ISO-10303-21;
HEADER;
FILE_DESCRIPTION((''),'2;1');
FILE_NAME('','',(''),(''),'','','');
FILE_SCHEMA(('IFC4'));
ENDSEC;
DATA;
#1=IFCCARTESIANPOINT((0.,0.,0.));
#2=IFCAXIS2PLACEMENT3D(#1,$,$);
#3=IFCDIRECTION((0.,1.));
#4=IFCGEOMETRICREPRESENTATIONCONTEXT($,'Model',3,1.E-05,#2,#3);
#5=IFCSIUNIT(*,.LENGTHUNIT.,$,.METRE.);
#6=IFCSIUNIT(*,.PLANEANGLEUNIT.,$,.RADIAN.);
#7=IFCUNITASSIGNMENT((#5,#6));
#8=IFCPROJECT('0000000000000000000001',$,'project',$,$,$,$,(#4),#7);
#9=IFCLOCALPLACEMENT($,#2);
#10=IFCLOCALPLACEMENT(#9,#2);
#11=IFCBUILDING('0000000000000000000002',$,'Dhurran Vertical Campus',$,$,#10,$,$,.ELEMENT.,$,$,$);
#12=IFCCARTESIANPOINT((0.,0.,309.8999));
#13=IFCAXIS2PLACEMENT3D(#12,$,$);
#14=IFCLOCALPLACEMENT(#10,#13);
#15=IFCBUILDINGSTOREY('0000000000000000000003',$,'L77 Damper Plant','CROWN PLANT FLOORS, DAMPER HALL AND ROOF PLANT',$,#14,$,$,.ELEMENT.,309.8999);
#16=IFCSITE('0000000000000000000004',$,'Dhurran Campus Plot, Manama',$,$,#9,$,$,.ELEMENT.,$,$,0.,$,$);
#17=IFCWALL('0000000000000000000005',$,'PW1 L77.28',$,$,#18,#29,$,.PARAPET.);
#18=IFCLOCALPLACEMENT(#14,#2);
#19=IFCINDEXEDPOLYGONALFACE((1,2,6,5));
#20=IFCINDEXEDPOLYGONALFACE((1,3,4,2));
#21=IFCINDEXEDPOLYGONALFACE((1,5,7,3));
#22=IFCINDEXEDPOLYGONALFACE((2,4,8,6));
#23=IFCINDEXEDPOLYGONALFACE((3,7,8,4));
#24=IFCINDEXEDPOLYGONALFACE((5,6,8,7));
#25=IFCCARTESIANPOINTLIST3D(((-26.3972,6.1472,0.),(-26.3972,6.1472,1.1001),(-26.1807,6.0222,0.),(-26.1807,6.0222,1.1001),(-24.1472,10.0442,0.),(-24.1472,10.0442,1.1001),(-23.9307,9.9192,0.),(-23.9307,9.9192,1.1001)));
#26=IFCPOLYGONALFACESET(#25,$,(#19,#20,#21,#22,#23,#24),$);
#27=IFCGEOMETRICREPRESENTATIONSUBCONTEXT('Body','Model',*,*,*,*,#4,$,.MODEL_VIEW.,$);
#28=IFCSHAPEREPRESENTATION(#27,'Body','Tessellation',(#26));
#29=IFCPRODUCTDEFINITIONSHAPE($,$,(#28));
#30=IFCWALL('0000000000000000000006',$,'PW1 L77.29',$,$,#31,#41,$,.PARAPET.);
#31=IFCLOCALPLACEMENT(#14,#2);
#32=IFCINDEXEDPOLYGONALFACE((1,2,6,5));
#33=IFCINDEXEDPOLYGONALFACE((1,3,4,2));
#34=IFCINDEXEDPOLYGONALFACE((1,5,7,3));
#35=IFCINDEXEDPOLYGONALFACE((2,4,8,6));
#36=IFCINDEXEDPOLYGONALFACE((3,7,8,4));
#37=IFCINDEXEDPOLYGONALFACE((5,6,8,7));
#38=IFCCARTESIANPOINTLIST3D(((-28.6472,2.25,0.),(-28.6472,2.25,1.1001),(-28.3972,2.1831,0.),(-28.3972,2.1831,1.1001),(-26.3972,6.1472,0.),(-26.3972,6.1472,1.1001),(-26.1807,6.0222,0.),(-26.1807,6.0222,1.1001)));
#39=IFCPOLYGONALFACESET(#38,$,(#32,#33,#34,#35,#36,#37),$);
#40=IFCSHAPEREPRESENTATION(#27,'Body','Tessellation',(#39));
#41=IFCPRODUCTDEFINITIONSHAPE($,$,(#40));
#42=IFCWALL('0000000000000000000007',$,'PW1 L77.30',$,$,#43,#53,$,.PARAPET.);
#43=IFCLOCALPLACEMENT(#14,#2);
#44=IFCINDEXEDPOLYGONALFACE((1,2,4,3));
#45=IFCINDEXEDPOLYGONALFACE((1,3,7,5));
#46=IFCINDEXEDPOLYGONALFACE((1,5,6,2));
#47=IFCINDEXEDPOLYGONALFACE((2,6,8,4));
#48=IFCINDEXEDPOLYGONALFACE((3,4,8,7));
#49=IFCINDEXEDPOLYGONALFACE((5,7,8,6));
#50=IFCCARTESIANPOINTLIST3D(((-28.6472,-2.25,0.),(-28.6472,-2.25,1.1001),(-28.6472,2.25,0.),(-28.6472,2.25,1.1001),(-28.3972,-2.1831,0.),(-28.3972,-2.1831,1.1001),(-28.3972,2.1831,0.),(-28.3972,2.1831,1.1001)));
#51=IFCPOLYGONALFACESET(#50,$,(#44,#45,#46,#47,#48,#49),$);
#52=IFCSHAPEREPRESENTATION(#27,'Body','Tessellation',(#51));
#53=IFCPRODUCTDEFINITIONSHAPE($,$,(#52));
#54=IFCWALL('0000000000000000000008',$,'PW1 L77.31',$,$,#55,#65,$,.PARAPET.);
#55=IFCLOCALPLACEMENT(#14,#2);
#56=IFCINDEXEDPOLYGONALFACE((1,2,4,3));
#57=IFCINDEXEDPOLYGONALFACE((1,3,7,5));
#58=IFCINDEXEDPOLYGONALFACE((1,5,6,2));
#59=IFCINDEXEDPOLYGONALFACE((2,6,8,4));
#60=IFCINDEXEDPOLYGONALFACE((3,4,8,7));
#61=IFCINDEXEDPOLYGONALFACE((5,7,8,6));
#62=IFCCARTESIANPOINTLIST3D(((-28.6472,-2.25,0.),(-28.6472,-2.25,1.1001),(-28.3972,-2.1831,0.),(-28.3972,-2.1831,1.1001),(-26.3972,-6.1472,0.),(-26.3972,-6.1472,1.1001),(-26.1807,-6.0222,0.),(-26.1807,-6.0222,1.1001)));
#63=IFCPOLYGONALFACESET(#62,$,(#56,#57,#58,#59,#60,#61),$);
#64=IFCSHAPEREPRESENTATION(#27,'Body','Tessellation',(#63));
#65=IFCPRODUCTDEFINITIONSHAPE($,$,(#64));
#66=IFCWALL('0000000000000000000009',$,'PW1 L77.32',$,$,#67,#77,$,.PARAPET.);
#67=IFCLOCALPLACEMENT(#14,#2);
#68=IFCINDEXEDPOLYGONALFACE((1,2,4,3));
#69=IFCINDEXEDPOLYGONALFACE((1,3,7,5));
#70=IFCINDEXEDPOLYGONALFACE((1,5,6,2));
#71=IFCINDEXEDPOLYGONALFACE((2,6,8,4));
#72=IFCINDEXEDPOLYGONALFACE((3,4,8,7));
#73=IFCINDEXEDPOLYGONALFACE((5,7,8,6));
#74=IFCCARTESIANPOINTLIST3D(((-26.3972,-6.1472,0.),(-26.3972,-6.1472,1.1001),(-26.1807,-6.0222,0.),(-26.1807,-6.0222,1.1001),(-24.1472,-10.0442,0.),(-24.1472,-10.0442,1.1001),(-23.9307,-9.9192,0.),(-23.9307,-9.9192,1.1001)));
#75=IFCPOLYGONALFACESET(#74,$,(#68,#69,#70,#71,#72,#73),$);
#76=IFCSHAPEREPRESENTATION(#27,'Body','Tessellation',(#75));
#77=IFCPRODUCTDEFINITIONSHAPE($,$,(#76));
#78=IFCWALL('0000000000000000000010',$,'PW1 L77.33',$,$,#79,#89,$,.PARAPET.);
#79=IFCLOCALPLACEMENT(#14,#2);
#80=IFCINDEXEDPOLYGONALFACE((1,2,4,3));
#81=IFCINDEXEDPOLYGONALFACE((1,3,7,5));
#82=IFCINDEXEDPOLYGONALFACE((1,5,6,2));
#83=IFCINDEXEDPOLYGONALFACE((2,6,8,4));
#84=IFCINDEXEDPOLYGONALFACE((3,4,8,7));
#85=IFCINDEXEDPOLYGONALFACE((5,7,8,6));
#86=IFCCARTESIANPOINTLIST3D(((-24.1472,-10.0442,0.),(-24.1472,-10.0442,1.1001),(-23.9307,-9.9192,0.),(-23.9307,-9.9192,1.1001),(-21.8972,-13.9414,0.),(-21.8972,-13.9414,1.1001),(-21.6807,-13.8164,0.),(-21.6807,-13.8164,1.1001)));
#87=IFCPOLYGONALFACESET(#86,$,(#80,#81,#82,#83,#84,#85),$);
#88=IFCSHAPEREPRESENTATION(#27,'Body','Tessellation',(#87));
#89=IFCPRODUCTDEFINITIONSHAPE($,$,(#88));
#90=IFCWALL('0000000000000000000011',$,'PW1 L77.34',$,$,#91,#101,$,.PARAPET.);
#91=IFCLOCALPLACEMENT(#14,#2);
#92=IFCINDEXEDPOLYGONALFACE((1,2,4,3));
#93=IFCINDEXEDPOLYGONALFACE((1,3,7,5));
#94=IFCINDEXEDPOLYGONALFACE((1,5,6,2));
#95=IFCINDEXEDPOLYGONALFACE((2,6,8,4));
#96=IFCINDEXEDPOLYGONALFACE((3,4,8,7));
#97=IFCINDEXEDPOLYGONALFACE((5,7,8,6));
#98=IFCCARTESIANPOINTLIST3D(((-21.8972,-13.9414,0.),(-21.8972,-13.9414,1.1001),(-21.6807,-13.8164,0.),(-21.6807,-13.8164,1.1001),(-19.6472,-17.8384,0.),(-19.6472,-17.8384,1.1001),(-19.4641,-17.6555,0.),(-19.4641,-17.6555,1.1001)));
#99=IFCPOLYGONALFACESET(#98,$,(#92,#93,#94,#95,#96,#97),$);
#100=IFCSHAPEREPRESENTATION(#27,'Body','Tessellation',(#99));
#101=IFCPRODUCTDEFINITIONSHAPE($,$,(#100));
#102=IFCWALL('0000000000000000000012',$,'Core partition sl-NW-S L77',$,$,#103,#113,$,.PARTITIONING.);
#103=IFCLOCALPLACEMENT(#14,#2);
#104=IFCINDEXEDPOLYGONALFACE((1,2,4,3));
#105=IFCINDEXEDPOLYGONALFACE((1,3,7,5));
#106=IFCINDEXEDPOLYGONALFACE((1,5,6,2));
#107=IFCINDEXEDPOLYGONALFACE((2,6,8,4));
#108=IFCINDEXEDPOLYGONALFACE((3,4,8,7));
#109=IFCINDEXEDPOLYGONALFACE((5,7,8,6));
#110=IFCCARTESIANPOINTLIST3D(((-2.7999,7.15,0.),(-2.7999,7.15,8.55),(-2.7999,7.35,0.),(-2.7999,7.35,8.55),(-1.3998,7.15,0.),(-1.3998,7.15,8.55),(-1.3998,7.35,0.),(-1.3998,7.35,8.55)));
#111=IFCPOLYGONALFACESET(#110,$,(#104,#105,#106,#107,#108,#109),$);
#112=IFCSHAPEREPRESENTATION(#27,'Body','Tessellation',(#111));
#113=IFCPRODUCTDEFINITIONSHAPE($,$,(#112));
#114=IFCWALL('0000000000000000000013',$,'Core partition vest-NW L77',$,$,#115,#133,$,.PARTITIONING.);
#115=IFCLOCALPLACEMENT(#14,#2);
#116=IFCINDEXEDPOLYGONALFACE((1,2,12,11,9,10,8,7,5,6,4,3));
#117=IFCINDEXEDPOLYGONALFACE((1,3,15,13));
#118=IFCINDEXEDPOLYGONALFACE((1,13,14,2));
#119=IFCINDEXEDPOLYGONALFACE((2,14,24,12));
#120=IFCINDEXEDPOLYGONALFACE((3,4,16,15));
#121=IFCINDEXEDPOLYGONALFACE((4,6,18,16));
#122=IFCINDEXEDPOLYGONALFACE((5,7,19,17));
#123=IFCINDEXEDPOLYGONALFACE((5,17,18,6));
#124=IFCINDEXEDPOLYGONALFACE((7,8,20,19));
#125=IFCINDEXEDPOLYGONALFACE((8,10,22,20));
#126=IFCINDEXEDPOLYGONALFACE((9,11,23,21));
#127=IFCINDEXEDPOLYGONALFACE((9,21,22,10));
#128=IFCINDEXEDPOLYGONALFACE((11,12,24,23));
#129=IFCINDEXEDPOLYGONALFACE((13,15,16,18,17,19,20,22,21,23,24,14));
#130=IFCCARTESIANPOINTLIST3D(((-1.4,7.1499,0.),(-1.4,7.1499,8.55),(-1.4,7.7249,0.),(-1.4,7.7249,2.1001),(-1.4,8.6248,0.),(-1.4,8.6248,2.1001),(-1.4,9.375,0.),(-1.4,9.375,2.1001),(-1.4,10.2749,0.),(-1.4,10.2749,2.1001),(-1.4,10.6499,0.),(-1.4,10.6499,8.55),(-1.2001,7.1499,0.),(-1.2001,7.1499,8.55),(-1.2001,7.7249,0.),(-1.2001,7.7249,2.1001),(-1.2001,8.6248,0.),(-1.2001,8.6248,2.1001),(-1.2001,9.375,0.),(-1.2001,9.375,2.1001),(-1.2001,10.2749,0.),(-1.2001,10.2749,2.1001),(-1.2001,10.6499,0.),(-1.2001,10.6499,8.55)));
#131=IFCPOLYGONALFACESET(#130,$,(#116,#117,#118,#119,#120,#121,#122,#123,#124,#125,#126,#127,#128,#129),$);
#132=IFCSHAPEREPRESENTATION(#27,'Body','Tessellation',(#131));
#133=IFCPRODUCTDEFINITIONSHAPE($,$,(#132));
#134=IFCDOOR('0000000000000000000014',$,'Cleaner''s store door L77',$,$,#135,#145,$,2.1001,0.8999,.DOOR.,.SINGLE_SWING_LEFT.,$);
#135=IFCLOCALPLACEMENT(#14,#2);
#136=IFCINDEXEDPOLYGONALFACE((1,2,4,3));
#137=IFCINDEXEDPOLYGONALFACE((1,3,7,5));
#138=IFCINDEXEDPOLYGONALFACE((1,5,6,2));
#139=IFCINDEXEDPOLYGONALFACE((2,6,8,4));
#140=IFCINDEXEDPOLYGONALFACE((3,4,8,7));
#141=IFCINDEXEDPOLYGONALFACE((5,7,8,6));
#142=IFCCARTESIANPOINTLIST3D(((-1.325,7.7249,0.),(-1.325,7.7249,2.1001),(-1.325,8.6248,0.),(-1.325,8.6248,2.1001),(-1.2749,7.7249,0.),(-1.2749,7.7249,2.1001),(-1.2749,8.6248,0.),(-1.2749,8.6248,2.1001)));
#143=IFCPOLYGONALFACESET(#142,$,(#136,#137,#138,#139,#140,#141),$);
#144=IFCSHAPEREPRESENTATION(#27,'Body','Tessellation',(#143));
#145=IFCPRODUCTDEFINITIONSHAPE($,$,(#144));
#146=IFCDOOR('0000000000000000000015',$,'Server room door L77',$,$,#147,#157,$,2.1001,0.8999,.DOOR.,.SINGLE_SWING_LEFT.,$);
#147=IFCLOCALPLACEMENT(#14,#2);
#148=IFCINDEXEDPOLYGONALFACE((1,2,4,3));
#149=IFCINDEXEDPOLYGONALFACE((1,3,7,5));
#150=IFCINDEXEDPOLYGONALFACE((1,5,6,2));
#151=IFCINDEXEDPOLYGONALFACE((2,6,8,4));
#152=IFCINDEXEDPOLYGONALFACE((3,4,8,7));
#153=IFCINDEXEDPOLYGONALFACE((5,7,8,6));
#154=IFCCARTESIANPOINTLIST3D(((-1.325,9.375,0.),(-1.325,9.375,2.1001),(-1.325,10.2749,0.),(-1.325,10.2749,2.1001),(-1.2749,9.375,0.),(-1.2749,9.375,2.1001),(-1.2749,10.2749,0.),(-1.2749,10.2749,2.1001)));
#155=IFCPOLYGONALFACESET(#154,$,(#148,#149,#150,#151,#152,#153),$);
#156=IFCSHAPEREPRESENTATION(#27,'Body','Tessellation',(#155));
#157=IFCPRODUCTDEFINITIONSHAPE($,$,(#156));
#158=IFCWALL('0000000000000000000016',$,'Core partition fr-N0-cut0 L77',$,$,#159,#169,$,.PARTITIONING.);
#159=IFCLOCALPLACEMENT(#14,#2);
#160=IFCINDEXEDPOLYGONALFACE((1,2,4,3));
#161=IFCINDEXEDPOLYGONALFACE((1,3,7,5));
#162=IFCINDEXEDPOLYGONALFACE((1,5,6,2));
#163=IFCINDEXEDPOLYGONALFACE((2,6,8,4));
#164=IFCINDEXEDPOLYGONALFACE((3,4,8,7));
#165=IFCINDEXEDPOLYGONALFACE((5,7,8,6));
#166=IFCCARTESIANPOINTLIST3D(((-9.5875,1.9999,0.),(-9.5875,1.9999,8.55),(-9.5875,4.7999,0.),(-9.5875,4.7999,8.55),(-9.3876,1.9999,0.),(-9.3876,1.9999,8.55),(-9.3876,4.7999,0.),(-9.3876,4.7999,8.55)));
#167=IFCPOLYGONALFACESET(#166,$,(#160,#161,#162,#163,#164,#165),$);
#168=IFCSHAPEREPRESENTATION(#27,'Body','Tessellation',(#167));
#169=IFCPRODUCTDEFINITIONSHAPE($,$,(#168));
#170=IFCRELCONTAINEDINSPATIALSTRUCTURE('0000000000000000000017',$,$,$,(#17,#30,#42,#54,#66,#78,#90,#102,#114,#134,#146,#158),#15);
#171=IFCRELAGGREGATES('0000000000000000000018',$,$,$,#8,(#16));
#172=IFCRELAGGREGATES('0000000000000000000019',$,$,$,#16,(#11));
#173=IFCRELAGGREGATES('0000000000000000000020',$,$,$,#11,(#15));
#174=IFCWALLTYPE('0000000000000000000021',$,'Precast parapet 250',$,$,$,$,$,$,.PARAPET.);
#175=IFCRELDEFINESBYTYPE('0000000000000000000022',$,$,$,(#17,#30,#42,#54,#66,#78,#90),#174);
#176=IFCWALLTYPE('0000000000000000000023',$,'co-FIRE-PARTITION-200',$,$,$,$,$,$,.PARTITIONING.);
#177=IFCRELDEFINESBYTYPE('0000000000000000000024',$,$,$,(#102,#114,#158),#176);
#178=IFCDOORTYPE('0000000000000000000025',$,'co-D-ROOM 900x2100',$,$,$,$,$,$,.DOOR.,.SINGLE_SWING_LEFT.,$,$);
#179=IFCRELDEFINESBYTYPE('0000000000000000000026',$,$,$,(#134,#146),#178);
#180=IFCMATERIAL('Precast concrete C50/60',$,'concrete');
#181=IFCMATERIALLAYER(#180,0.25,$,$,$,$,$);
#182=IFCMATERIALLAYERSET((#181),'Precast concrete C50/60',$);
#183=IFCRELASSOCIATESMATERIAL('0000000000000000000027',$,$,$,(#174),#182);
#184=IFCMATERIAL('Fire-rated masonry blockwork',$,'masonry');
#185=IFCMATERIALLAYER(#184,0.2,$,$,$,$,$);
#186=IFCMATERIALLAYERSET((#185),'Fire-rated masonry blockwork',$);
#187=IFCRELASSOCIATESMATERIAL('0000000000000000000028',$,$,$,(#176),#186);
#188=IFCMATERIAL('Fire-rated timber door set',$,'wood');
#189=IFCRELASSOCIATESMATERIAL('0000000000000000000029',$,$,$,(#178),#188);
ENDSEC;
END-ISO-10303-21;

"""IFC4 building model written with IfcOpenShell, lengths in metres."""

from ifc_helpers import new_model, si_unit, direction, frame, frame_2d, origin, place, context, subcontext, project, spatial, polyline, rectangle, outline, extrude, material, layer, layer_set, type_object, element, fill, save


model = new_model("IFC4")

# Units and contexts
model_context = context("Model", 3, precision=1e-05, world=origin(), true_north=direction((0.0, 1.0)))
body_context = subcontext(model_context, "Body", "Model", "MODEL_VIEW")
ifc_project = project(units=[si_unit("LENGTHUNIT", "METRE"), si_unit("PLANEANGLEUNIT", "RADIAN")], contexts=[model_context])

# Site, building, storey
site_placement = place(None, origin())
site = spatial("IfcSite", under=ifc_project, at=site_placement, Name="Dhurran Campus Plot, Manama", CompositionType="ELEMENT", RefElevation=0.0)
building_placement = place(site_placement, origin())
building = spatial("IfcBuilding", under=site, at=building_placement, Name="Dhurran Vertical Campus", CompositionType="ELEMENT")
storey_placement = place(building_placement, frame((0.0, 0.0, 309.8999)))
storey = spatial("IfcBuildingStorey", under=building, at=storey_placement, Name="L77 Damper Plant", Description="CROWN PLANT FLOORS, DAMPER HALL AND ROOF PLANT", CompositionType="ELEMENT", Elevation=309.8999)

# Walls
ifc_material_1 = material(Name="Precast concrete C50/60", Category="concrete")
ifc_layer_1 = layer(ifc_material_1, 0.25)
ifc_layer_set_1 = layer_set([ifc_layer_1], Name="Precast concrete C50/60")
wall_type_1 = type_object("IfcWallType", Name="Precast parapet 250", PredefinedType="PARAPET", material=ifc_layer_set_1)
wall_1_placement = place(storey_placement, origin())
element("IfcWall", 1, at=wall_1_placement, inside=storey, type_object=wall_type_1, Name="PW1 L77.28", PredefinedType="PARAPET", context=body_context, shape_type="SweptSolid", body=[
    extrude(outline(polyline([(-24.1472, 10.0442), (-26.3972, 6.1472), (-26.1807, 6.0222), (-23.9307, 9.9192), (-24.1472, 10.0442)])), origin(), (0.0, 0.0, 1.0), 1.1001),
])
wall_2_placement = place(storey_placement, origin())
element("IfcWall", 2, at=wall_2_placement, inside=storey, type_object=wall_type_1, Name="PW1 L77.29", PredefinedType="PARAPET", context=body_context, shape_type="SweptSolid", body=[
    extrude(outline(polyline([(-26.3972, 6.1472), (-28.6472, 2.25), (-28.3972, 2.1831), (-26.1807, 6.0222), (-26.3972, 6.1472)])), origin(), (0.0, 0.0, 1.0), 1.1001),
])
wall_3_placement = place(storey_placement, origin())
element("IfcWall", 3, at=wall_3_placement, inside=storey, type_object=wall_type_1, Name="PW1 L77.30", PredefinedType="PARAPET", context=body_context, shape_type="SweptSolid", body=[
    extrude(outline(polyline([(-28.6472, 2.25), (-28.6472, -2.25), (-28.3972, -2.1831), (-28.3972, 2.1831), (-28.6472, 2.25)])), origin(), (0.0, 0.0, 1.0), 1.1001),
])
wall_4_placement = place(storey_placement, origin())
element("IfcWall", 4, at=wall_4_placement, inside=storey, type_object=wall_type_1, Name="PW1 L77.31", PredefinedType="PARAPET", context=body_context, shape_type="SweptSolid", body=[
    extrude(outline(polyline([(-28.6472, -2.25), (-26.3972, -6.1472), (-26.1807, -6.0222), (-28.3972, -2.1831), (-28.6472, -2.25)])), origin(), (0.0, 0.0, 1.0), 1.1001),
])
wall_5_placement = place(storey_placement, origin())
element("IfcWall", 5, at=wall_5_placement, inside=storey, type_object=wall_type_1, Name="PW1 L77.32", PredefinedType="PARAPET", context=body_context, shape_type="SweptSolid", body=[
    extrude(outline(polyline([(-26.3972, -6.1472), (-24.1472, -10.0442), (-23.9307, -9.9192), (-26.1807, -6.0222), (-26.3972, -6.1472)])), origin(), (0.0, 0.0, 1.0), 1.1001),
])
wall_6_placement = place(storey_placement, origin())
element("IfcWall", 6, at=wall_6_placement, inside=storey, type_object=wall_type_1, Name="PW1 L77.33", PredefinedType="PARAPET", context=body_context, shape_type="SweptSolid", body=[
    extrude(outline(polyline([(-24.1472, -10.0442), (-21.8972, -13.9414), (-21.6807, -13.8164), (-23.9307, -9.9192), (-24.1472, -10.0442)])), origin(), (0.0, 0.0, 1.0), 1.1001),
])
wall_7_placement = place(storey_placement, origin())
element("IfcWall", 7, at=wall_7_placement, inside=storey, type_object=wall_type_1, Name="PW1 L77.34", PredefinedType="PARAPET", context=body_context, shape_type="SweptSolid", body=[
    extrude(outline(polyline([(-21.8972, -13.9414), (-19.6472, -17.8384), (-19.4641, -17.6555), (-21.6807, -13.8164), (-21.8972, -13.9414)])), origin(), (0.0, 0.0, 1.0), 1.1001),
])
ifc_material_2 = material(Name="Fire-rated masonry blockwork", Category="masonry")
ifc_layer_2 = layer(ifc_material_2, 0.2)
ifc_layer_set_2 = layer_set([ifc_layer_2], Name="Fire-rated masonry blockwork")
wall_type_2 = type_object("IfcWallType", Name="co-FIRE-PARTITION-200", PredefinedType="PARTITIONING", material=ifc_layer_set_2)
wall_8_placement = place(storey_placement, frame((-2.8, 7.25, 0.0), z_axis=(0.0, 0.0, 1.0), x_axis=(1.0, 0.0, 0.0)))
element("IfcWall", 8, at=wall_8_placement, inside=storey, type_object=wall_type_2, Name="Core partition sl-NW-S L77", PredefinedType="PARTITIONING", context=body_context, shape_type="SweptSolid", body=[
    extrude(rectangle(XDim=1.4001, YDim=0.2, at=frame_2d((0.7002, 0.0))), origin(), (0.0, 0.0, 1.0), 8.55),
])

# Wall, openings, doors
wall_9_placement = place(storey_placement, frame((-1.3, 7.1499, 0.0), z_axis=(0.0, 0.0, 1.0), x_axis=(0.0, 1.0, 0.0)))
wall_9 = element("IfcWall", 9, at=wall_9_placement, inside=storey, type_object=wall_type_2, Name="Core partition vest-NW L77", PredefinedType="PARTITIONING", context=body_context, shape_type="SweptSolid", body=[
    extrude(rectangle(XDim=3.5, YDim=0.2, at=frame_2d((1.75, 0.0))), origin(), (0.0, 0.0, 1.0), 8.55),
])
opening_1_placement = place(wall_9_placement, frame((0.575, 0.0, 0.0)))
opening_1 = element("IfcOpeningElement", 10, at=opening_1_placement, cuts=wall_9, PredefinedType="OPENING", context=body_context, shape_type="SweptSolid", body=[
    extrude(rectangle(XDim=0.8999, YDim=2.1001, at=frame_2d((0.45, 1.05))), frame((0.0, 0.1099, 0.0), z_axis=(0.0, -1.0, 0.0), x_axis=(1.0, 0.0, 0.0)), (0.0, 0.0, 1.0), 0.22),
])
opening_2_placement = place(wall_9_placement, frame((2.2251, 0.0, 0.0)))
opening_2 = element("IfcOpeningElement", 11, at=opening_2_placement, cuts=wall_9, PredefinedType="OPENING", context=body_context, shape_type="SweptSolid", body=[
    extrude(rectangle(XDim=0.8999, YDim=2.1001, at=frame_2d((0.45, 1.05))), frame((0.0, 0.1099, 0.0), z_axis=(0.0, -1.0, 0.0), x_axis=(1.0, 0.0, 0.0)), (0.0, 0.0, 1.0), 0.22),
])
ifc_material_3 = material(Name="Fire-rated timber door set", Category="wood")
door_type_1 = type_object("IfcDoorType", Name="co-D-ROOM 900x2100", OperationType="SINGLE_SWING_LEFT", PredefinedType="DOOR", material=ifc_material_3)
door_1_placement = place(opening_1_placement, origin())
door_1 = element("IfcDoor", 12, at=door_1_placement, inside=storey, type_object=door_type_1, Name="Cleaner's store door L77", OperationType="SINGLE_SWING_LEFT", OverallHeight=2.1001, OverallWidth=0.8999, PredefinedType="DOOR", context=body_context, shape_type="SweptSolid", body=[
    extrude(rectangle(XDim=0.8999, YDim=2.1001, at=frame_2d((0.45, 1.05))), frame((0.0, 0.0249, 0.0), z_axis=(0.0, -1.0, 0.0), x_axis=(1.0, 0.0, 0.0)), (0.0, 0.0, 1.0), 0.05),
])
fill(opening_1, door_1)
door_2_placement = place(opening_2_placement, origin())
door_2 = element("IfcDoor", 13, at=door_2_placement, inside=storey, type_object=door_type_1, Name="Server room door L77", OperationType="SINGLE_SWING_LEFT", OverallHeight=2.1001, OverallWidth=0.8999, PredefinedType="DOOR", context=body_context, shape_type="SweptSolid", body=[
    extrude(rectangle(XDim=0.8999, YDim=2.1001, at=frame_2d((0.45, 1.05))), frame((0.0, 0.0249, 0.0), z_axis=(0.0, -1.0, 0.0), x_axis=(1.0, 0.0, 0.0)), (0.0, 0.0, 1.0), 0.05),
])
fill(opening_2, door_2)

# Wall
wall_10_placement = place(storey_placement, frame((-9.4875, 2.0, 0.0), z_axis=(0.0, 0.0, 1.0), x_axis=(0.0, 1.0, 0.0)))
element("IfcWall", 14, at=wall_10_placement, inside=storey, type_object=wall_type_2, Name="Core partition fr-N0-cut0 L77", PredefinedType="PARTITIONING", context=body_context, shape_type="SweptSolid", body=[
    extrude(rectangle(XDim=2.8, YDim=0.2, at=frame_2d((1.3999, 0.0))), origin(), (0.0, 0.0, 1.0), 8.55),
])

save(model, "model.ifc")
